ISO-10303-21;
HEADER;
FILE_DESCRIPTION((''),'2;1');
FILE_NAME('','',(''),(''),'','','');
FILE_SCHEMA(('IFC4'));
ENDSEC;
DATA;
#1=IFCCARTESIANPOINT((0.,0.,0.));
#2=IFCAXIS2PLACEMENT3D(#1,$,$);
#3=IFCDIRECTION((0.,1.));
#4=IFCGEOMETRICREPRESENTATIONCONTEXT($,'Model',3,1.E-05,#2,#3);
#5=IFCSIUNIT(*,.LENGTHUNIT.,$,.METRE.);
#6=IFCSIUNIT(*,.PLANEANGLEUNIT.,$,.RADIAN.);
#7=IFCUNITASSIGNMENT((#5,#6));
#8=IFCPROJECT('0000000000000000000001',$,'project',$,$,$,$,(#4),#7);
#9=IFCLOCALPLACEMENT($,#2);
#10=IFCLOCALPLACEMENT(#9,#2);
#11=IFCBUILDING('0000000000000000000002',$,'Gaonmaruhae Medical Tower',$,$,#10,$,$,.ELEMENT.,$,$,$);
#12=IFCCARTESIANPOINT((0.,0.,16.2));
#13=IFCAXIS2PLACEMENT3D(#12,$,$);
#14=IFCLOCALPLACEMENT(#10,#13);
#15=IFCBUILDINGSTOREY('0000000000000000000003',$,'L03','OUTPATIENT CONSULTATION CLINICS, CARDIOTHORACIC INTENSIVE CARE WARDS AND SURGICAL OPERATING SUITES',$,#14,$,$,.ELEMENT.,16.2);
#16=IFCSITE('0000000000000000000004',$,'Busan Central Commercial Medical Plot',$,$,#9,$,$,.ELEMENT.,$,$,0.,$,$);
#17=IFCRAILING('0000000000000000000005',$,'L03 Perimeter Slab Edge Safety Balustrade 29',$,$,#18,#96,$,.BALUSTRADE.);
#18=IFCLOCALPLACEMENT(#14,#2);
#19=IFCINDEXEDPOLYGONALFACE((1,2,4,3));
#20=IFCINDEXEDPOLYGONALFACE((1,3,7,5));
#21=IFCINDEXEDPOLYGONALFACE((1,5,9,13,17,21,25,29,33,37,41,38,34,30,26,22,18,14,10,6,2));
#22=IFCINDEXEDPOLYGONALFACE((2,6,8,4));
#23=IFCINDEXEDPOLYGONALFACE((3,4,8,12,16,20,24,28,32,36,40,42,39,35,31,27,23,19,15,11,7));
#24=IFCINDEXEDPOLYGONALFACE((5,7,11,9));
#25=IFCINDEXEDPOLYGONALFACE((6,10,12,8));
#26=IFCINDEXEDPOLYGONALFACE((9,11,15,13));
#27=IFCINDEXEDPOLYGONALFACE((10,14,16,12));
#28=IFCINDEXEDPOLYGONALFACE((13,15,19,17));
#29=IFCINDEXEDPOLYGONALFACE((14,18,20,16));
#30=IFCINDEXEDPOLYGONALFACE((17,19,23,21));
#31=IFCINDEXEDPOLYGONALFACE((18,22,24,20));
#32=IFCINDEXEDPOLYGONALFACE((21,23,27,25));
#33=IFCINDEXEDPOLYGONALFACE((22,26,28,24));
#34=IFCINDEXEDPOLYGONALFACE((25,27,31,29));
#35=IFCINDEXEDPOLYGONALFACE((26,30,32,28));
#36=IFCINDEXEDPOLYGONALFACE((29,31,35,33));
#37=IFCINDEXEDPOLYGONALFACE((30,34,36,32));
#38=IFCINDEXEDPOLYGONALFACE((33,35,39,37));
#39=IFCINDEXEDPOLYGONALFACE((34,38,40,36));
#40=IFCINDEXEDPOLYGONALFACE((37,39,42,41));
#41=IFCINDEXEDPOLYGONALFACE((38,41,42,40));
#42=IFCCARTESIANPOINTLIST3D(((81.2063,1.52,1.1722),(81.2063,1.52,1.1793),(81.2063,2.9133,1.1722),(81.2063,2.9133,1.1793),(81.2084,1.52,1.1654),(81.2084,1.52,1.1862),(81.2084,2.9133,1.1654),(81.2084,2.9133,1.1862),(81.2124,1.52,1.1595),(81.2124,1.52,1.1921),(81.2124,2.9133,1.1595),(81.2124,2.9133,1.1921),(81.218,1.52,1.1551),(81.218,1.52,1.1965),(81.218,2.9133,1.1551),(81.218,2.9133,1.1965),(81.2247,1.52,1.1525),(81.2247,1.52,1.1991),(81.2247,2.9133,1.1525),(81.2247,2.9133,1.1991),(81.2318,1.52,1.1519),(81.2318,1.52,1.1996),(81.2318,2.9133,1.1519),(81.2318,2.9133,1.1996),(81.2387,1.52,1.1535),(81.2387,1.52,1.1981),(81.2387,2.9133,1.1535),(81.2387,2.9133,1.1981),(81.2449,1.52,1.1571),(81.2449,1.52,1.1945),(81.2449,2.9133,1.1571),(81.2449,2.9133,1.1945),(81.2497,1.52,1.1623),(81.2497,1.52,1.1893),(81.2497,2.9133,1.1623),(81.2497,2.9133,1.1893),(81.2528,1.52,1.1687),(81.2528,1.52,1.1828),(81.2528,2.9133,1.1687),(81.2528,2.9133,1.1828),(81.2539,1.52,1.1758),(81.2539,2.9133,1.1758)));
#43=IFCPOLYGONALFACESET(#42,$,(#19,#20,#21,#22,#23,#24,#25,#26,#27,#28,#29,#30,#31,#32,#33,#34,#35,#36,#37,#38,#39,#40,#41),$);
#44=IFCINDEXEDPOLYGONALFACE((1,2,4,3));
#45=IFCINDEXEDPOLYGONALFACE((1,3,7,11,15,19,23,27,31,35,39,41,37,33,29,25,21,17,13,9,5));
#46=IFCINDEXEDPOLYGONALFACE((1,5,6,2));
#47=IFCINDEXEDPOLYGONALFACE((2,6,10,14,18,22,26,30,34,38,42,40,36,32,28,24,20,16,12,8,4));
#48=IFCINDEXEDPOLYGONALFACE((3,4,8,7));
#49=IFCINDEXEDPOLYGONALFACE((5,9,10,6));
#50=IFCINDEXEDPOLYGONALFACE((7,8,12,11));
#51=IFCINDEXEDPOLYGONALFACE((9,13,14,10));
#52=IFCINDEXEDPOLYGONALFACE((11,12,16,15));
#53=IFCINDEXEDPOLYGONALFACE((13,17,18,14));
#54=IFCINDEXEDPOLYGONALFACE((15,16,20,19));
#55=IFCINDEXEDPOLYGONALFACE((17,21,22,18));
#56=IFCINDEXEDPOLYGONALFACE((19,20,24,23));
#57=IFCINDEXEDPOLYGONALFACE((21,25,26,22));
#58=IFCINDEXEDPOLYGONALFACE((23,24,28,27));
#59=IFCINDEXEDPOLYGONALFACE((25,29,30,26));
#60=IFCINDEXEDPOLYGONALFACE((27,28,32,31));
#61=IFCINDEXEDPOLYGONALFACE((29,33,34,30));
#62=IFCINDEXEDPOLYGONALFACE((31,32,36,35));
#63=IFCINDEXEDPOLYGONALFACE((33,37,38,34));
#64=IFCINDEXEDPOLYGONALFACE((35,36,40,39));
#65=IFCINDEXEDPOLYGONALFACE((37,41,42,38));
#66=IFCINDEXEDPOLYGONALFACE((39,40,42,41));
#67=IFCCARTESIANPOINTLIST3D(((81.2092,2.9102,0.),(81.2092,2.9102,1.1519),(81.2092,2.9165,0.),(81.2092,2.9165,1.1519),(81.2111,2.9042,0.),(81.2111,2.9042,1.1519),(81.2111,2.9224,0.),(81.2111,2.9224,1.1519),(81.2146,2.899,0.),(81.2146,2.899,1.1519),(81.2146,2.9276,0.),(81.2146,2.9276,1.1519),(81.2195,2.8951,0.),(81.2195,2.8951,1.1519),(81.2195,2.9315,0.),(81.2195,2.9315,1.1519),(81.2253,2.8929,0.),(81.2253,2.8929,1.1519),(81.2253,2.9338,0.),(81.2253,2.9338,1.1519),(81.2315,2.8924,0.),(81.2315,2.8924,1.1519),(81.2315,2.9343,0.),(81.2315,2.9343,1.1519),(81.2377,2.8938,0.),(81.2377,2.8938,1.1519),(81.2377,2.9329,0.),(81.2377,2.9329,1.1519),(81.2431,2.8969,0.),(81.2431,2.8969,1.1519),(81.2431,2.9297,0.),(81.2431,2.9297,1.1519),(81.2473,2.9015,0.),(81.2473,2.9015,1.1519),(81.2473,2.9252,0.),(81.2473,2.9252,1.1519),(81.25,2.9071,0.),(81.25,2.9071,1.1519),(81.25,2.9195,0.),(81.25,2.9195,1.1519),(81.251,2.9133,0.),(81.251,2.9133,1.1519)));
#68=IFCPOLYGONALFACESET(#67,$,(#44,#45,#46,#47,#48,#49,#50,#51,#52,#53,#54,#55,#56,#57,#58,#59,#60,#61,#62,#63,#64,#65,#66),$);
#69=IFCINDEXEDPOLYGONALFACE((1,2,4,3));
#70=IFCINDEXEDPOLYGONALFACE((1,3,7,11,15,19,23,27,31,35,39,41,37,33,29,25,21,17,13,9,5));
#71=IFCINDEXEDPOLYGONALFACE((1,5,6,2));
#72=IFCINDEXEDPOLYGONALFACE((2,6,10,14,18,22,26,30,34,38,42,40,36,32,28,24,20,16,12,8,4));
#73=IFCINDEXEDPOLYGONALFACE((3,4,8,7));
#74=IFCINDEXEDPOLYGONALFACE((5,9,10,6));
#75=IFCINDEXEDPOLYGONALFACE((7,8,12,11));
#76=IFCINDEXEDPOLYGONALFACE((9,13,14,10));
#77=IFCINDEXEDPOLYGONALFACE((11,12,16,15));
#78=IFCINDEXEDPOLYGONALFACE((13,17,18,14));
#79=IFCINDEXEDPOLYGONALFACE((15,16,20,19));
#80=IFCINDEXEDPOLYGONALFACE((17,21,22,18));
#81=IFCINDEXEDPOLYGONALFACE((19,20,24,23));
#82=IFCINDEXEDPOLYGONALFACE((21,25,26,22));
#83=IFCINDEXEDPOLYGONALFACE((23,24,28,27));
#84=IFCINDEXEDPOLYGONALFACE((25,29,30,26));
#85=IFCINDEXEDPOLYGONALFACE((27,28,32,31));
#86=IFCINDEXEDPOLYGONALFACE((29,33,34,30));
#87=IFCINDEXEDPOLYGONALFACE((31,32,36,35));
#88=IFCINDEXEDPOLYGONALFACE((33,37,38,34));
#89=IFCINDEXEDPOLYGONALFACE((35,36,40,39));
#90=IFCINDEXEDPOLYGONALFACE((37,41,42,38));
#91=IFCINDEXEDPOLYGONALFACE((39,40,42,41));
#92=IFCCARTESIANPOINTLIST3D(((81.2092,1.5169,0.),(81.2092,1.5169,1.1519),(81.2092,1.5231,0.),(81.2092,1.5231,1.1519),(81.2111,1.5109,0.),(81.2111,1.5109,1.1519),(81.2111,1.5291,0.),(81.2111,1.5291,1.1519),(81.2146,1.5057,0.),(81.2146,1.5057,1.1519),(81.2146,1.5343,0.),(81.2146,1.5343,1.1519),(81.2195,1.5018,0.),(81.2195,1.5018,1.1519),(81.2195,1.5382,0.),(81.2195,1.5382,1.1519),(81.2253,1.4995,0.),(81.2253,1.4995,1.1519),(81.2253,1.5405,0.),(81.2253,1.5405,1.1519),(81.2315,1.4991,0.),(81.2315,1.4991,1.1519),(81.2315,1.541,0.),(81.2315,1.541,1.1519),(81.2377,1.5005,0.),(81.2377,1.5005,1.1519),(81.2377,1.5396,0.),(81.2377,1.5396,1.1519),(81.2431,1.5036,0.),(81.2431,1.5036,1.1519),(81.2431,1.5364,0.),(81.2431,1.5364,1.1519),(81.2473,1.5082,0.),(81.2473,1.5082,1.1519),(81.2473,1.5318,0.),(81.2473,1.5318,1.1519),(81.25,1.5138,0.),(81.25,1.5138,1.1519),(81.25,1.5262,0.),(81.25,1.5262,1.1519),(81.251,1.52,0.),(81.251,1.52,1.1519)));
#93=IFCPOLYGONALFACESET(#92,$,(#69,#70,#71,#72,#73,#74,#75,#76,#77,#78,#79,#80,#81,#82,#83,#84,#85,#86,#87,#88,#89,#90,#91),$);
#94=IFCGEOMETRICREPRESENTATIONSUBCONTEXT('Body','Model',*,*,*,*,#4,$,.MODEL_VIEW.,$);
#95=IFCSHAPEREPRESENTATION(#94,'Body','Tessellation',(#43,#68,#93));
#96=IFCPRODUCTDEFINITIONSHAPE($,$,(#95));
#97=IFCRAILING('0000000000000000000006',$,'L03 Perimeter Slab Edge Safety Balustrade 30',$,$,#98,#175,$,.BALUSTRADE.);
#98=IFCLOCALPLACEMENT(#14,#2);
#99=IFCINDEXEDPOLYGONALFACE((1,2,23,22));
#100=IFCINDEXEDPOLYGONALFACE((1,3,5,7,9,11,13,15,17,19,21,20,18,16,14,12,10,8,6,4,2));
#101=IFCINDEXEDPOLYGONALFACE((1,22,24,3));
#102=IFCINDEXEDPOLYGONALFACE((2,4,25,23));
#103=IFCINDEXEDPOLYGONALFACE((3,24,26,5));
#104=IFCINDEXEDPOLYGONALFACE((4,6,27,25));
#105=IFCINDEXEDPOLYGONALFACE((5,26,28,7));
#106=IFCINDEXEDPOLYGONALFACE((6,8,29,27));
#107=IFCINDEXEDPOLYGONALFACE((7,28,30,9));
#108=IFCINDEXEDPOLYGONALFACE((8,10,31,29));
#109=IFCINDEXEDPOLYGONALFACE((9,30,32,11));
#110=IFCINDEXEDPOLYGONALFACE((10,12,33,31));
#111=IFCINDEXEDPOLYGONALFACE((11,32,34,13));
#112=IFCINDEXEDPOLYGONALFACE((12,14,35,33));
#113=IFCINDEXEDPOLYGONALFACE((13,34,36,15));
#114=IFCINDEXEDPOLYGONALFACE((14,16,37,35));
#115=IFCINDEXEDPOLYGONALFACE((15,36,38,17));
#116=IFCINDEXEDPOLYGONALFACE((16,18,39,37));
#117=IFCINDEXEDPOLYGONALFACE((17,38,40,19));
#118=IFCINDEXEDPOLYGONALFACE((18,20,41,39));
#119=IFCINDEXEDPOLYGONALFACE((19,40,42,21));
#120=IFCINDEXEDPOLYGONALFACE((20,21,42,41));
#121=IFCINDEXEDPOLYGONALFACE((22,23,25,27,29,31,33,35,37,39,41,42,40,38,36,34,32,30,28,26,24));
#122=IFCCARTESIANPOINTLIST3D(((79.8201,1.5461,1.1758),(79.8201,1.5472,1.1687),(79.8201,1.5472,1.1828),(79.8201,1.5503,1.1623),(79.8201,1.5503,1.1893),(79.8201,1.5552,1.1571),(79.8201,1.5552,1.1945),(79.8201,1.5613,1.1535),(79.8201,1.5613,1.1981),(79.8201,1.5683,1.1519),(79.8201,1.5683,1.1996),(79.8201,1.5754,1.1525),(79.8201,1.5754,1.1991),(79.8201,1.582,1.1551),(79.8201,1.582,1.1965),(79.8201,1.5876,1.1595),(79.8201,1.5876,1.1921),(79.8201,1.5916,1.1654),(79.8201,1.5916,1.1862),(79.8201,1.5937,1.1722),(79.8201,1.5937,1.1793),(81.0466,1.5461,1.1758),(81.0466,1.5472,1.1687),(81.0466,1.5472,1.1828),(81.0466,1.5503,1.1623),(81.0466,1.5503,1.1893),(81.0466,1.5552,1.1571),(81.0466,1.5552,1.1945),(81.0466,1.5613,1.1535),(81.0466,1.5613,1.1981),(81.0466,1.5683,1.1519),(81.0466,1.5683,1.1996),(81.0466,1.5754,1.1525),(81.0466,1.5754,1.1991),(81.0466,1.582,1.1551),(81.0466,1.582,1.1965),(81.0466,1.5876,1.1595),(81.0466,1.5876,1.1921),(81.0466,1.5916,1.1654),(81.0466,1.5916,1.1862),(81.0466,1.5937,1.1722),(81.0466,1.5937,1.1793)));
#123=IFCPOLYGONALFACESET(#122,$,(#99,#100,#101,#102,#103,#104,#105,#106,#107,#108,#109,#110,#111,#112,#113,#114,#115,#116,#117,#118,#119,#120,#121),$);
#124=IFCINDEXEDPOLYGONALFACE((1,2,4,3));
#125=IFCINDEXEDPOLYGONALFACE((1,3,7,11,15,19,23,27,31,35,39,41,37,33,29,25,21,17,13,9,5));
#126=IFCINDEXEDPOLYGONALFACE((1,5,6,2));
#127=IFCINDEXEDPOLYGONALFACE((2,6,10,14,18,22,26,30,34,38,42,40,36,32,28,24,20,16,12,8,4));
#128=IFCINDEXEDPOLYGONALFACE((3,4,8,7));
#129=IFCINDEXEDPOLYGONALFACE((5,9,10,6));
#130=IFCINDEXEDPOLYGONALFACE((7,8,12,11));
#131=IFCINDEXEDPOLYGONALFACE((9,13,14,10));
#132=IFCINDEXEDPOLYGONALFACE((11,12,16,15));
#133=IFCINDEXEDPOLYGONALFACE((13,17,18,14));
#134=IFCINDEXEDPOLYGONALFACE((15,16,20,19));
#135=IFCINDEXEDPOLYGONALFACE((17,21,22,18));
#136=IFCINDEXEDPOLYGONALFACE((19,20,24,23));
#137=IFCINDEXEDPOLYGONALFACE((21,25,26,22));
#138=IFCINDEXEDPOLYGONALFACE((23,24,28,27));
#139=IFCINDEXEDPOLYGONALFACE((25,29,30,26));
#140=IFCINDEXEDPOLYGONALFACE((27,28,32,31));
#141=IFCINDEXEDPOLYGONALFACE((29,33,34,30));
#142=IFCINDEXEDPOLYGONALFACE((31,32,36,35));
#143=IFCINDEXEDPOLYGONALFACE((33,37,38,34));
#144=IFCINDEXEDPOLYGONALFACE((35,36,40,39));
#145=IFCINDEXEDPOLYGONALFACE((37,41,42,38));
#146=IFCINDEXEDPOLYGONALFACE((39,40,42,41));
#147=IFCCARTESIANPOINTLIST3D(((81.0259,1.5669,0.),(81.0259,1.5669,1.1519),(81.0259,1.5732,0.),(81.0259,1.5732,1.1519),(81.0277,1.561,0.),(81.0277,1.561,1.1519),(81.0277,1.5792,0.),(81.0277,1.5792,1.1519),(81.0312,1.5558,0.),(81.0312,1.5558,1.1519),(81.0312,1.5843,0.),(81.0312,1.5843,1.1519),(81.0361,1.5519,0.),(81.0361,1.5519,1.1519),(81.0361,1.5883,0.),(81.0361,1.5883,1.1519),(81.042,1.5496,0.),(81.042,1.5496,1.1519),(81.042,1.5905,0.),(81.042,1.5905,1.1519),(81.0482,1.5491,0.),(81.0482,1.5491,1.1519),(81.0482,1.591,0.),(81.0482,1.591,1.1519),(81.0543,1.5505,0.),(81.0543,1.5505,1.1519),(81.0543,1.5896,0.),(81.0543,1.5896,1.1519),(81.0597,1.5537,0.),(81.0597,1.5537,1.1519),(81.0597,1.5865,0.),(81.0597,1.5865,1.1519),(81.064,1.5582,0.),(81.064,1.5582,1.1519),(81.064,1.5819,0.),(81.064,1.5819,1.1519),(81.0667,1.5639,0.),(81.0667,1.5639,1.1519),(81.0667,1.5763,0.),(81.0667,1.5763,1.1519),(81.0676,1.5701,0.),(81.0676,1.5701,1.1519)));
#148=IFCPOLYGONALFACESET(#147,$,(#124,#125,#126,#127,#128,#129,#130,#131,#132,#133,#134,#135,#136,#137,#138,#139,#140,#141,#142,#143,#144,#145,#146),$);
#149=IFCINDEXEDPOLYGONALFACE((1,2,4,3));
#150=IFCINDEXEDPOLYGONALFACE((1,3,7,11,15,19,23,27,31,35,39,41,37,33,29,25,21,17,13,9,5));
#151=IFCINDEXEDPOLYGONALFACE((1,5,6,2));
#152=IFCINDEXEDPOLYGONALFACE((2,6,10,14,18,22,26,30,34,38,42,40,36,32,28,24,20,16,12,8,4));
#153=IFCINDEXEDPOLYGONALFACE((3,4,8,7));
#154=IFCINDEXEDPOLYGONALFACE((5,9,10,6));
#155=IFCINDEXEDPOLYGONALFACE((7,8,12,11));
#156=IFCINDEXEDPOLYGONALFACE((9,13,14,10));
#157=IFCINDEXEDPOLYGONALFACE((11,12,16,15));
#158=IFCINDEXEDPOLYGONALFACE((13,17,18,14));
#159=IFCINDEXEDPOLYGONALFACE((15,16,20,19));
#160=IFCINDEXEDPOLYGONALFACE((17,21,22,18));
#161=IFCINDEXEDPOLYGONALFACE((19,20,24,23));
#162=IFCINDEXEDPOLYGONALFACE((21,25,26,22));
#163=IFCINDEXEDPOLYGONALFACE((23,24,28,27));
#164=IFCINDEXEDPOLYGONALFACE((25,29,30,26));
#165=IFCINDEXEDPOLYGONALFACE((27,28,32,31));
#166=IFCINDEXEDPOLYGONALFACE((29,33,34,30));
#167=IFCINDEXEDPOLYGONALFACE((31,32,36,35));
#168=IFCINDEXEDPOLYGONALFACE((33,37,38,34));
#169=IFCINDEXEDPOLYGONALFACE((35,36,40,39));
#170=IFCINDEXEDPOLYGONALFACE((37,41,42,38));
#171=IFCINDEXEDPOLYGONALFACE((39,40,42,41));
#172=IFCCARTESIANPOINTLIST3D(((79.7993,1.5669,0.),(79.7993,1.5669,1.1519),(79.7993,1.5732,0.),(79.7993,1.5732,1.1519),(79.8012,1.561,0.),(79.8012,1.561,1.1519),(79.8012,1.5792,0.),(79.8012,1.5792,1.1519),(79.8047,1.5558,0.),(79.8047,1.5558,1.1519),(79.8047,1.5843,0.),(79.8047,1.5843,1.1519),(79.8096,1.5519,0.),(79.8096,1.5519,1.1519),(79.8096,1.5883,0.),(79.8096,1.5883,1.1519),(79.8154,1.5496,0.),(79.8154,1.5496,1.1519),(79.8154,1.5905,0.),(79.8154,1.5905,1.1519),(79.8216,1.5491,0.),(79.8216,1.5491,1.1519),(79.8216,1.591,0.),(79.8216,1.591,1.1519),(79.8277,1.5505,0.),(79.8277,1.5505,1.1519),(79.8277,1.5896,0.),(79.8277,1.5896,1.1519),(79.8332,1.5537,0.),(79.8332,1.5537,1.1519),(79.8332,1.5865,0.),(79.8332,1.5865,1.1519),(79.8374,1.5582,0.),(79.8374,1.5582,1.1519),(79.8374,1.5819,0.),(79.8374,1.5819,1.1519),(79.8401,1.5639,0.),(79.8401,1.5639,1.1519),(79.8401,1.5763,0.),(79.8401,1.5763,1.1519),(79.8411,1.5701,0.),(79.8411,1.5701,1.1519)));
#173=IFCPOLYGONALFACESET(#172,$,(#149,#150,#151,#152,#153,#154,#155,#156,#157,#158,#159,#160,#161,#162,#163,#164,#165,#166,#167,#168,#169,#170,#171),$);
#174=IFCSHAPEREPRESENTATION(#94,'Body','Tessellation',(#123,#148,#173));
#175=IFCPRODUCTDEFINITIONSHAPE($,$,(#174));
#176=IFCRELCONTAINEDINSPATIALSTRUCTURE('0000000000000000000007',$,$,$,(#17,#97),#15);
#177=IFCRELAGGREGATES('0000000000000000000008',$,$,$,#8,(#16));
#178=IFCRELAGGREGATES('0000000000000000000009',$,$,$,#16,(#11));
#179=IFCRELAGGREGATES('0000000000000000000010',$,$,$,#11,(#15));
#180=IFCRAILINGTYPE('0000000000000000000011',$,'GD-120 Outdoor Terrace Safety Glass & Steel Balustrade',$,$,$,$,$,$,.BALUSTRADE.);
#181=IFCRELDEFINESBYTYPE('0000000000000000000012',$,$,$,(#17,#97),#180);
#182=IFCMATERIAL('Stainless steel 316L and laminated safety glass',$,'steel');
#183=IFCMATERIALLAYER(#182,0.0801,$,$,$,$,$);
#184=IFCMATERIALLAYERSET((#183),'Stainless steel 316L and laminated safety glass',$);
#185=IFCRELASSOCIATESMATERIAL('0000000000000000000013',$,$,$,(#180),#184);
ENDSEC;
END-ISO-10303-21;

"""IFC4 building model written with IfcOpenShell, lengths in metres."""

from ifc_helpers import new_model, si_unit, direction, frame, origin, origin_2d, place, context, subcontext, project, spatial, circle, extrude, material, layer, layer_set, type_object, element, save


model = new_model("IFC4")

# Units and contexts
model_context = context("Model", 3, precision=1e-05, world=origin(), true_north=direction((0.0, 1.0)))
body_context = subcontext(model_context, "Body", "Model", "MODEL_VIEW")
ifc_project = project(units=[si_unit("LENGTHUNIT", "METRE"), si_unit("PLANEANGLEUNIT", "RADIAN")], contexts=[model_context])

# Site, building, storey
site_placement = place(None, origin())
site = spatial("IfcSite", under=ifc_project, at=site_placement, Name="Busan Central Commercial Medical Plot", CompositionType="ELEMENT", RefElevation=0.0)
building_placement = place(site_placement, origin())
building = spatial("IfcBuilding", under=site, at=building_placement, Name="Gaonmaruhae Medical Tower", CompositionType="ELEMENT")
storey_placement = place(building_placement, frame((0.0, 0.0, 16.2)))
storey = spatial("IfcBuildingStorey", under=building, at=storey_placement, Name="L03", Description="OUTPATIENT CONSULTATION CLINICS, CARDIOTHORACIC INTENSIVE CARE WARDS AND SURGICAL OPERATING SUITES", CompositionType="ELEMENT", Elevation=16.2)

# Railings
ifc_material_1 = material(Name="Stainless steel 316L and laminated safety glass", Category="steel")
ifc_layer_1 = layer(ifc_material_1, 0.0801)
ifc_layer_set_1 = layer_set([ifc_layer_1], Name="Stainless steel 316L and laminated safety glass")
railing_type = type_object("IfcRailingType", Name="GD-120 Outdoor Terrace Safety Glass & Steel Balustrade", PredefinedType="BALUSTRADE", material=ifc_layer_set_1)
railing_1_placement = place(storey_placement, frame((81.23, 2.9133, 0.0)))
element("IfcRailing", 1, at=railing_1_placement, inside=storey, type_object=railing_type, Name="L03 Perimeter Slab Edge Safety Balustrade 29", PredefinedType="BALUSTRADE", context=body_context, shape_type="SweptSolid", body=[
    extrude(circle(Radius=0.0239, at=origin_2d()), frame((0.0, 0.0, 1.1758), z_axis=(0.0, -1.0, 0.0), x_axis=(1.0, 0.0, 0.0)), (0.0, 0.0, 1.0), 1.3933),
    extrude(circle(Radius=0.021, at=origin_2d()), origin(), (0.0, 0.0, 1.0), 1.1519),
    extrude(circle(Radius=0.021, at=origin_2d()), frame((0.0, -1.3933, 0.0)), (0.0, 0.0, 1.0), 1.1519),
])
railing_2_placement = place(storey_placement, frame((81.0466, 1.5701, 0.0)))
element("IfcRailing", 2, at=railing_2_placement, inside=storey, type_object=railing_type, Name="L03 Perimeter Slab Edge Safety Balustrade 30", PredefinedType="BALUSTRADE", context=body_context, shape_type="SweptSolid", body=[
    extrude(circle(Radius=0.0239, at=origin_2d()), frame((0.0, 0.0, 1.1758), z_axis=(-1.0, 0.0, 0.0), x_axis=(0.0, -1.0, 0.0)), (0.0, 0.0, 1.0), 1.2266),
    extrude(circle(Radius=0.021, at=origin_2d()), origin(), (0.0, 0.0, 1.0), 1.1519),
    extrude(circle(Radius=0.021, at=origin_2d()), frame((-1.2266, 0.0, 0.0)), (0.0, 0.0, 1.0), 1.1519),
])

save(model, "model.ifc")
